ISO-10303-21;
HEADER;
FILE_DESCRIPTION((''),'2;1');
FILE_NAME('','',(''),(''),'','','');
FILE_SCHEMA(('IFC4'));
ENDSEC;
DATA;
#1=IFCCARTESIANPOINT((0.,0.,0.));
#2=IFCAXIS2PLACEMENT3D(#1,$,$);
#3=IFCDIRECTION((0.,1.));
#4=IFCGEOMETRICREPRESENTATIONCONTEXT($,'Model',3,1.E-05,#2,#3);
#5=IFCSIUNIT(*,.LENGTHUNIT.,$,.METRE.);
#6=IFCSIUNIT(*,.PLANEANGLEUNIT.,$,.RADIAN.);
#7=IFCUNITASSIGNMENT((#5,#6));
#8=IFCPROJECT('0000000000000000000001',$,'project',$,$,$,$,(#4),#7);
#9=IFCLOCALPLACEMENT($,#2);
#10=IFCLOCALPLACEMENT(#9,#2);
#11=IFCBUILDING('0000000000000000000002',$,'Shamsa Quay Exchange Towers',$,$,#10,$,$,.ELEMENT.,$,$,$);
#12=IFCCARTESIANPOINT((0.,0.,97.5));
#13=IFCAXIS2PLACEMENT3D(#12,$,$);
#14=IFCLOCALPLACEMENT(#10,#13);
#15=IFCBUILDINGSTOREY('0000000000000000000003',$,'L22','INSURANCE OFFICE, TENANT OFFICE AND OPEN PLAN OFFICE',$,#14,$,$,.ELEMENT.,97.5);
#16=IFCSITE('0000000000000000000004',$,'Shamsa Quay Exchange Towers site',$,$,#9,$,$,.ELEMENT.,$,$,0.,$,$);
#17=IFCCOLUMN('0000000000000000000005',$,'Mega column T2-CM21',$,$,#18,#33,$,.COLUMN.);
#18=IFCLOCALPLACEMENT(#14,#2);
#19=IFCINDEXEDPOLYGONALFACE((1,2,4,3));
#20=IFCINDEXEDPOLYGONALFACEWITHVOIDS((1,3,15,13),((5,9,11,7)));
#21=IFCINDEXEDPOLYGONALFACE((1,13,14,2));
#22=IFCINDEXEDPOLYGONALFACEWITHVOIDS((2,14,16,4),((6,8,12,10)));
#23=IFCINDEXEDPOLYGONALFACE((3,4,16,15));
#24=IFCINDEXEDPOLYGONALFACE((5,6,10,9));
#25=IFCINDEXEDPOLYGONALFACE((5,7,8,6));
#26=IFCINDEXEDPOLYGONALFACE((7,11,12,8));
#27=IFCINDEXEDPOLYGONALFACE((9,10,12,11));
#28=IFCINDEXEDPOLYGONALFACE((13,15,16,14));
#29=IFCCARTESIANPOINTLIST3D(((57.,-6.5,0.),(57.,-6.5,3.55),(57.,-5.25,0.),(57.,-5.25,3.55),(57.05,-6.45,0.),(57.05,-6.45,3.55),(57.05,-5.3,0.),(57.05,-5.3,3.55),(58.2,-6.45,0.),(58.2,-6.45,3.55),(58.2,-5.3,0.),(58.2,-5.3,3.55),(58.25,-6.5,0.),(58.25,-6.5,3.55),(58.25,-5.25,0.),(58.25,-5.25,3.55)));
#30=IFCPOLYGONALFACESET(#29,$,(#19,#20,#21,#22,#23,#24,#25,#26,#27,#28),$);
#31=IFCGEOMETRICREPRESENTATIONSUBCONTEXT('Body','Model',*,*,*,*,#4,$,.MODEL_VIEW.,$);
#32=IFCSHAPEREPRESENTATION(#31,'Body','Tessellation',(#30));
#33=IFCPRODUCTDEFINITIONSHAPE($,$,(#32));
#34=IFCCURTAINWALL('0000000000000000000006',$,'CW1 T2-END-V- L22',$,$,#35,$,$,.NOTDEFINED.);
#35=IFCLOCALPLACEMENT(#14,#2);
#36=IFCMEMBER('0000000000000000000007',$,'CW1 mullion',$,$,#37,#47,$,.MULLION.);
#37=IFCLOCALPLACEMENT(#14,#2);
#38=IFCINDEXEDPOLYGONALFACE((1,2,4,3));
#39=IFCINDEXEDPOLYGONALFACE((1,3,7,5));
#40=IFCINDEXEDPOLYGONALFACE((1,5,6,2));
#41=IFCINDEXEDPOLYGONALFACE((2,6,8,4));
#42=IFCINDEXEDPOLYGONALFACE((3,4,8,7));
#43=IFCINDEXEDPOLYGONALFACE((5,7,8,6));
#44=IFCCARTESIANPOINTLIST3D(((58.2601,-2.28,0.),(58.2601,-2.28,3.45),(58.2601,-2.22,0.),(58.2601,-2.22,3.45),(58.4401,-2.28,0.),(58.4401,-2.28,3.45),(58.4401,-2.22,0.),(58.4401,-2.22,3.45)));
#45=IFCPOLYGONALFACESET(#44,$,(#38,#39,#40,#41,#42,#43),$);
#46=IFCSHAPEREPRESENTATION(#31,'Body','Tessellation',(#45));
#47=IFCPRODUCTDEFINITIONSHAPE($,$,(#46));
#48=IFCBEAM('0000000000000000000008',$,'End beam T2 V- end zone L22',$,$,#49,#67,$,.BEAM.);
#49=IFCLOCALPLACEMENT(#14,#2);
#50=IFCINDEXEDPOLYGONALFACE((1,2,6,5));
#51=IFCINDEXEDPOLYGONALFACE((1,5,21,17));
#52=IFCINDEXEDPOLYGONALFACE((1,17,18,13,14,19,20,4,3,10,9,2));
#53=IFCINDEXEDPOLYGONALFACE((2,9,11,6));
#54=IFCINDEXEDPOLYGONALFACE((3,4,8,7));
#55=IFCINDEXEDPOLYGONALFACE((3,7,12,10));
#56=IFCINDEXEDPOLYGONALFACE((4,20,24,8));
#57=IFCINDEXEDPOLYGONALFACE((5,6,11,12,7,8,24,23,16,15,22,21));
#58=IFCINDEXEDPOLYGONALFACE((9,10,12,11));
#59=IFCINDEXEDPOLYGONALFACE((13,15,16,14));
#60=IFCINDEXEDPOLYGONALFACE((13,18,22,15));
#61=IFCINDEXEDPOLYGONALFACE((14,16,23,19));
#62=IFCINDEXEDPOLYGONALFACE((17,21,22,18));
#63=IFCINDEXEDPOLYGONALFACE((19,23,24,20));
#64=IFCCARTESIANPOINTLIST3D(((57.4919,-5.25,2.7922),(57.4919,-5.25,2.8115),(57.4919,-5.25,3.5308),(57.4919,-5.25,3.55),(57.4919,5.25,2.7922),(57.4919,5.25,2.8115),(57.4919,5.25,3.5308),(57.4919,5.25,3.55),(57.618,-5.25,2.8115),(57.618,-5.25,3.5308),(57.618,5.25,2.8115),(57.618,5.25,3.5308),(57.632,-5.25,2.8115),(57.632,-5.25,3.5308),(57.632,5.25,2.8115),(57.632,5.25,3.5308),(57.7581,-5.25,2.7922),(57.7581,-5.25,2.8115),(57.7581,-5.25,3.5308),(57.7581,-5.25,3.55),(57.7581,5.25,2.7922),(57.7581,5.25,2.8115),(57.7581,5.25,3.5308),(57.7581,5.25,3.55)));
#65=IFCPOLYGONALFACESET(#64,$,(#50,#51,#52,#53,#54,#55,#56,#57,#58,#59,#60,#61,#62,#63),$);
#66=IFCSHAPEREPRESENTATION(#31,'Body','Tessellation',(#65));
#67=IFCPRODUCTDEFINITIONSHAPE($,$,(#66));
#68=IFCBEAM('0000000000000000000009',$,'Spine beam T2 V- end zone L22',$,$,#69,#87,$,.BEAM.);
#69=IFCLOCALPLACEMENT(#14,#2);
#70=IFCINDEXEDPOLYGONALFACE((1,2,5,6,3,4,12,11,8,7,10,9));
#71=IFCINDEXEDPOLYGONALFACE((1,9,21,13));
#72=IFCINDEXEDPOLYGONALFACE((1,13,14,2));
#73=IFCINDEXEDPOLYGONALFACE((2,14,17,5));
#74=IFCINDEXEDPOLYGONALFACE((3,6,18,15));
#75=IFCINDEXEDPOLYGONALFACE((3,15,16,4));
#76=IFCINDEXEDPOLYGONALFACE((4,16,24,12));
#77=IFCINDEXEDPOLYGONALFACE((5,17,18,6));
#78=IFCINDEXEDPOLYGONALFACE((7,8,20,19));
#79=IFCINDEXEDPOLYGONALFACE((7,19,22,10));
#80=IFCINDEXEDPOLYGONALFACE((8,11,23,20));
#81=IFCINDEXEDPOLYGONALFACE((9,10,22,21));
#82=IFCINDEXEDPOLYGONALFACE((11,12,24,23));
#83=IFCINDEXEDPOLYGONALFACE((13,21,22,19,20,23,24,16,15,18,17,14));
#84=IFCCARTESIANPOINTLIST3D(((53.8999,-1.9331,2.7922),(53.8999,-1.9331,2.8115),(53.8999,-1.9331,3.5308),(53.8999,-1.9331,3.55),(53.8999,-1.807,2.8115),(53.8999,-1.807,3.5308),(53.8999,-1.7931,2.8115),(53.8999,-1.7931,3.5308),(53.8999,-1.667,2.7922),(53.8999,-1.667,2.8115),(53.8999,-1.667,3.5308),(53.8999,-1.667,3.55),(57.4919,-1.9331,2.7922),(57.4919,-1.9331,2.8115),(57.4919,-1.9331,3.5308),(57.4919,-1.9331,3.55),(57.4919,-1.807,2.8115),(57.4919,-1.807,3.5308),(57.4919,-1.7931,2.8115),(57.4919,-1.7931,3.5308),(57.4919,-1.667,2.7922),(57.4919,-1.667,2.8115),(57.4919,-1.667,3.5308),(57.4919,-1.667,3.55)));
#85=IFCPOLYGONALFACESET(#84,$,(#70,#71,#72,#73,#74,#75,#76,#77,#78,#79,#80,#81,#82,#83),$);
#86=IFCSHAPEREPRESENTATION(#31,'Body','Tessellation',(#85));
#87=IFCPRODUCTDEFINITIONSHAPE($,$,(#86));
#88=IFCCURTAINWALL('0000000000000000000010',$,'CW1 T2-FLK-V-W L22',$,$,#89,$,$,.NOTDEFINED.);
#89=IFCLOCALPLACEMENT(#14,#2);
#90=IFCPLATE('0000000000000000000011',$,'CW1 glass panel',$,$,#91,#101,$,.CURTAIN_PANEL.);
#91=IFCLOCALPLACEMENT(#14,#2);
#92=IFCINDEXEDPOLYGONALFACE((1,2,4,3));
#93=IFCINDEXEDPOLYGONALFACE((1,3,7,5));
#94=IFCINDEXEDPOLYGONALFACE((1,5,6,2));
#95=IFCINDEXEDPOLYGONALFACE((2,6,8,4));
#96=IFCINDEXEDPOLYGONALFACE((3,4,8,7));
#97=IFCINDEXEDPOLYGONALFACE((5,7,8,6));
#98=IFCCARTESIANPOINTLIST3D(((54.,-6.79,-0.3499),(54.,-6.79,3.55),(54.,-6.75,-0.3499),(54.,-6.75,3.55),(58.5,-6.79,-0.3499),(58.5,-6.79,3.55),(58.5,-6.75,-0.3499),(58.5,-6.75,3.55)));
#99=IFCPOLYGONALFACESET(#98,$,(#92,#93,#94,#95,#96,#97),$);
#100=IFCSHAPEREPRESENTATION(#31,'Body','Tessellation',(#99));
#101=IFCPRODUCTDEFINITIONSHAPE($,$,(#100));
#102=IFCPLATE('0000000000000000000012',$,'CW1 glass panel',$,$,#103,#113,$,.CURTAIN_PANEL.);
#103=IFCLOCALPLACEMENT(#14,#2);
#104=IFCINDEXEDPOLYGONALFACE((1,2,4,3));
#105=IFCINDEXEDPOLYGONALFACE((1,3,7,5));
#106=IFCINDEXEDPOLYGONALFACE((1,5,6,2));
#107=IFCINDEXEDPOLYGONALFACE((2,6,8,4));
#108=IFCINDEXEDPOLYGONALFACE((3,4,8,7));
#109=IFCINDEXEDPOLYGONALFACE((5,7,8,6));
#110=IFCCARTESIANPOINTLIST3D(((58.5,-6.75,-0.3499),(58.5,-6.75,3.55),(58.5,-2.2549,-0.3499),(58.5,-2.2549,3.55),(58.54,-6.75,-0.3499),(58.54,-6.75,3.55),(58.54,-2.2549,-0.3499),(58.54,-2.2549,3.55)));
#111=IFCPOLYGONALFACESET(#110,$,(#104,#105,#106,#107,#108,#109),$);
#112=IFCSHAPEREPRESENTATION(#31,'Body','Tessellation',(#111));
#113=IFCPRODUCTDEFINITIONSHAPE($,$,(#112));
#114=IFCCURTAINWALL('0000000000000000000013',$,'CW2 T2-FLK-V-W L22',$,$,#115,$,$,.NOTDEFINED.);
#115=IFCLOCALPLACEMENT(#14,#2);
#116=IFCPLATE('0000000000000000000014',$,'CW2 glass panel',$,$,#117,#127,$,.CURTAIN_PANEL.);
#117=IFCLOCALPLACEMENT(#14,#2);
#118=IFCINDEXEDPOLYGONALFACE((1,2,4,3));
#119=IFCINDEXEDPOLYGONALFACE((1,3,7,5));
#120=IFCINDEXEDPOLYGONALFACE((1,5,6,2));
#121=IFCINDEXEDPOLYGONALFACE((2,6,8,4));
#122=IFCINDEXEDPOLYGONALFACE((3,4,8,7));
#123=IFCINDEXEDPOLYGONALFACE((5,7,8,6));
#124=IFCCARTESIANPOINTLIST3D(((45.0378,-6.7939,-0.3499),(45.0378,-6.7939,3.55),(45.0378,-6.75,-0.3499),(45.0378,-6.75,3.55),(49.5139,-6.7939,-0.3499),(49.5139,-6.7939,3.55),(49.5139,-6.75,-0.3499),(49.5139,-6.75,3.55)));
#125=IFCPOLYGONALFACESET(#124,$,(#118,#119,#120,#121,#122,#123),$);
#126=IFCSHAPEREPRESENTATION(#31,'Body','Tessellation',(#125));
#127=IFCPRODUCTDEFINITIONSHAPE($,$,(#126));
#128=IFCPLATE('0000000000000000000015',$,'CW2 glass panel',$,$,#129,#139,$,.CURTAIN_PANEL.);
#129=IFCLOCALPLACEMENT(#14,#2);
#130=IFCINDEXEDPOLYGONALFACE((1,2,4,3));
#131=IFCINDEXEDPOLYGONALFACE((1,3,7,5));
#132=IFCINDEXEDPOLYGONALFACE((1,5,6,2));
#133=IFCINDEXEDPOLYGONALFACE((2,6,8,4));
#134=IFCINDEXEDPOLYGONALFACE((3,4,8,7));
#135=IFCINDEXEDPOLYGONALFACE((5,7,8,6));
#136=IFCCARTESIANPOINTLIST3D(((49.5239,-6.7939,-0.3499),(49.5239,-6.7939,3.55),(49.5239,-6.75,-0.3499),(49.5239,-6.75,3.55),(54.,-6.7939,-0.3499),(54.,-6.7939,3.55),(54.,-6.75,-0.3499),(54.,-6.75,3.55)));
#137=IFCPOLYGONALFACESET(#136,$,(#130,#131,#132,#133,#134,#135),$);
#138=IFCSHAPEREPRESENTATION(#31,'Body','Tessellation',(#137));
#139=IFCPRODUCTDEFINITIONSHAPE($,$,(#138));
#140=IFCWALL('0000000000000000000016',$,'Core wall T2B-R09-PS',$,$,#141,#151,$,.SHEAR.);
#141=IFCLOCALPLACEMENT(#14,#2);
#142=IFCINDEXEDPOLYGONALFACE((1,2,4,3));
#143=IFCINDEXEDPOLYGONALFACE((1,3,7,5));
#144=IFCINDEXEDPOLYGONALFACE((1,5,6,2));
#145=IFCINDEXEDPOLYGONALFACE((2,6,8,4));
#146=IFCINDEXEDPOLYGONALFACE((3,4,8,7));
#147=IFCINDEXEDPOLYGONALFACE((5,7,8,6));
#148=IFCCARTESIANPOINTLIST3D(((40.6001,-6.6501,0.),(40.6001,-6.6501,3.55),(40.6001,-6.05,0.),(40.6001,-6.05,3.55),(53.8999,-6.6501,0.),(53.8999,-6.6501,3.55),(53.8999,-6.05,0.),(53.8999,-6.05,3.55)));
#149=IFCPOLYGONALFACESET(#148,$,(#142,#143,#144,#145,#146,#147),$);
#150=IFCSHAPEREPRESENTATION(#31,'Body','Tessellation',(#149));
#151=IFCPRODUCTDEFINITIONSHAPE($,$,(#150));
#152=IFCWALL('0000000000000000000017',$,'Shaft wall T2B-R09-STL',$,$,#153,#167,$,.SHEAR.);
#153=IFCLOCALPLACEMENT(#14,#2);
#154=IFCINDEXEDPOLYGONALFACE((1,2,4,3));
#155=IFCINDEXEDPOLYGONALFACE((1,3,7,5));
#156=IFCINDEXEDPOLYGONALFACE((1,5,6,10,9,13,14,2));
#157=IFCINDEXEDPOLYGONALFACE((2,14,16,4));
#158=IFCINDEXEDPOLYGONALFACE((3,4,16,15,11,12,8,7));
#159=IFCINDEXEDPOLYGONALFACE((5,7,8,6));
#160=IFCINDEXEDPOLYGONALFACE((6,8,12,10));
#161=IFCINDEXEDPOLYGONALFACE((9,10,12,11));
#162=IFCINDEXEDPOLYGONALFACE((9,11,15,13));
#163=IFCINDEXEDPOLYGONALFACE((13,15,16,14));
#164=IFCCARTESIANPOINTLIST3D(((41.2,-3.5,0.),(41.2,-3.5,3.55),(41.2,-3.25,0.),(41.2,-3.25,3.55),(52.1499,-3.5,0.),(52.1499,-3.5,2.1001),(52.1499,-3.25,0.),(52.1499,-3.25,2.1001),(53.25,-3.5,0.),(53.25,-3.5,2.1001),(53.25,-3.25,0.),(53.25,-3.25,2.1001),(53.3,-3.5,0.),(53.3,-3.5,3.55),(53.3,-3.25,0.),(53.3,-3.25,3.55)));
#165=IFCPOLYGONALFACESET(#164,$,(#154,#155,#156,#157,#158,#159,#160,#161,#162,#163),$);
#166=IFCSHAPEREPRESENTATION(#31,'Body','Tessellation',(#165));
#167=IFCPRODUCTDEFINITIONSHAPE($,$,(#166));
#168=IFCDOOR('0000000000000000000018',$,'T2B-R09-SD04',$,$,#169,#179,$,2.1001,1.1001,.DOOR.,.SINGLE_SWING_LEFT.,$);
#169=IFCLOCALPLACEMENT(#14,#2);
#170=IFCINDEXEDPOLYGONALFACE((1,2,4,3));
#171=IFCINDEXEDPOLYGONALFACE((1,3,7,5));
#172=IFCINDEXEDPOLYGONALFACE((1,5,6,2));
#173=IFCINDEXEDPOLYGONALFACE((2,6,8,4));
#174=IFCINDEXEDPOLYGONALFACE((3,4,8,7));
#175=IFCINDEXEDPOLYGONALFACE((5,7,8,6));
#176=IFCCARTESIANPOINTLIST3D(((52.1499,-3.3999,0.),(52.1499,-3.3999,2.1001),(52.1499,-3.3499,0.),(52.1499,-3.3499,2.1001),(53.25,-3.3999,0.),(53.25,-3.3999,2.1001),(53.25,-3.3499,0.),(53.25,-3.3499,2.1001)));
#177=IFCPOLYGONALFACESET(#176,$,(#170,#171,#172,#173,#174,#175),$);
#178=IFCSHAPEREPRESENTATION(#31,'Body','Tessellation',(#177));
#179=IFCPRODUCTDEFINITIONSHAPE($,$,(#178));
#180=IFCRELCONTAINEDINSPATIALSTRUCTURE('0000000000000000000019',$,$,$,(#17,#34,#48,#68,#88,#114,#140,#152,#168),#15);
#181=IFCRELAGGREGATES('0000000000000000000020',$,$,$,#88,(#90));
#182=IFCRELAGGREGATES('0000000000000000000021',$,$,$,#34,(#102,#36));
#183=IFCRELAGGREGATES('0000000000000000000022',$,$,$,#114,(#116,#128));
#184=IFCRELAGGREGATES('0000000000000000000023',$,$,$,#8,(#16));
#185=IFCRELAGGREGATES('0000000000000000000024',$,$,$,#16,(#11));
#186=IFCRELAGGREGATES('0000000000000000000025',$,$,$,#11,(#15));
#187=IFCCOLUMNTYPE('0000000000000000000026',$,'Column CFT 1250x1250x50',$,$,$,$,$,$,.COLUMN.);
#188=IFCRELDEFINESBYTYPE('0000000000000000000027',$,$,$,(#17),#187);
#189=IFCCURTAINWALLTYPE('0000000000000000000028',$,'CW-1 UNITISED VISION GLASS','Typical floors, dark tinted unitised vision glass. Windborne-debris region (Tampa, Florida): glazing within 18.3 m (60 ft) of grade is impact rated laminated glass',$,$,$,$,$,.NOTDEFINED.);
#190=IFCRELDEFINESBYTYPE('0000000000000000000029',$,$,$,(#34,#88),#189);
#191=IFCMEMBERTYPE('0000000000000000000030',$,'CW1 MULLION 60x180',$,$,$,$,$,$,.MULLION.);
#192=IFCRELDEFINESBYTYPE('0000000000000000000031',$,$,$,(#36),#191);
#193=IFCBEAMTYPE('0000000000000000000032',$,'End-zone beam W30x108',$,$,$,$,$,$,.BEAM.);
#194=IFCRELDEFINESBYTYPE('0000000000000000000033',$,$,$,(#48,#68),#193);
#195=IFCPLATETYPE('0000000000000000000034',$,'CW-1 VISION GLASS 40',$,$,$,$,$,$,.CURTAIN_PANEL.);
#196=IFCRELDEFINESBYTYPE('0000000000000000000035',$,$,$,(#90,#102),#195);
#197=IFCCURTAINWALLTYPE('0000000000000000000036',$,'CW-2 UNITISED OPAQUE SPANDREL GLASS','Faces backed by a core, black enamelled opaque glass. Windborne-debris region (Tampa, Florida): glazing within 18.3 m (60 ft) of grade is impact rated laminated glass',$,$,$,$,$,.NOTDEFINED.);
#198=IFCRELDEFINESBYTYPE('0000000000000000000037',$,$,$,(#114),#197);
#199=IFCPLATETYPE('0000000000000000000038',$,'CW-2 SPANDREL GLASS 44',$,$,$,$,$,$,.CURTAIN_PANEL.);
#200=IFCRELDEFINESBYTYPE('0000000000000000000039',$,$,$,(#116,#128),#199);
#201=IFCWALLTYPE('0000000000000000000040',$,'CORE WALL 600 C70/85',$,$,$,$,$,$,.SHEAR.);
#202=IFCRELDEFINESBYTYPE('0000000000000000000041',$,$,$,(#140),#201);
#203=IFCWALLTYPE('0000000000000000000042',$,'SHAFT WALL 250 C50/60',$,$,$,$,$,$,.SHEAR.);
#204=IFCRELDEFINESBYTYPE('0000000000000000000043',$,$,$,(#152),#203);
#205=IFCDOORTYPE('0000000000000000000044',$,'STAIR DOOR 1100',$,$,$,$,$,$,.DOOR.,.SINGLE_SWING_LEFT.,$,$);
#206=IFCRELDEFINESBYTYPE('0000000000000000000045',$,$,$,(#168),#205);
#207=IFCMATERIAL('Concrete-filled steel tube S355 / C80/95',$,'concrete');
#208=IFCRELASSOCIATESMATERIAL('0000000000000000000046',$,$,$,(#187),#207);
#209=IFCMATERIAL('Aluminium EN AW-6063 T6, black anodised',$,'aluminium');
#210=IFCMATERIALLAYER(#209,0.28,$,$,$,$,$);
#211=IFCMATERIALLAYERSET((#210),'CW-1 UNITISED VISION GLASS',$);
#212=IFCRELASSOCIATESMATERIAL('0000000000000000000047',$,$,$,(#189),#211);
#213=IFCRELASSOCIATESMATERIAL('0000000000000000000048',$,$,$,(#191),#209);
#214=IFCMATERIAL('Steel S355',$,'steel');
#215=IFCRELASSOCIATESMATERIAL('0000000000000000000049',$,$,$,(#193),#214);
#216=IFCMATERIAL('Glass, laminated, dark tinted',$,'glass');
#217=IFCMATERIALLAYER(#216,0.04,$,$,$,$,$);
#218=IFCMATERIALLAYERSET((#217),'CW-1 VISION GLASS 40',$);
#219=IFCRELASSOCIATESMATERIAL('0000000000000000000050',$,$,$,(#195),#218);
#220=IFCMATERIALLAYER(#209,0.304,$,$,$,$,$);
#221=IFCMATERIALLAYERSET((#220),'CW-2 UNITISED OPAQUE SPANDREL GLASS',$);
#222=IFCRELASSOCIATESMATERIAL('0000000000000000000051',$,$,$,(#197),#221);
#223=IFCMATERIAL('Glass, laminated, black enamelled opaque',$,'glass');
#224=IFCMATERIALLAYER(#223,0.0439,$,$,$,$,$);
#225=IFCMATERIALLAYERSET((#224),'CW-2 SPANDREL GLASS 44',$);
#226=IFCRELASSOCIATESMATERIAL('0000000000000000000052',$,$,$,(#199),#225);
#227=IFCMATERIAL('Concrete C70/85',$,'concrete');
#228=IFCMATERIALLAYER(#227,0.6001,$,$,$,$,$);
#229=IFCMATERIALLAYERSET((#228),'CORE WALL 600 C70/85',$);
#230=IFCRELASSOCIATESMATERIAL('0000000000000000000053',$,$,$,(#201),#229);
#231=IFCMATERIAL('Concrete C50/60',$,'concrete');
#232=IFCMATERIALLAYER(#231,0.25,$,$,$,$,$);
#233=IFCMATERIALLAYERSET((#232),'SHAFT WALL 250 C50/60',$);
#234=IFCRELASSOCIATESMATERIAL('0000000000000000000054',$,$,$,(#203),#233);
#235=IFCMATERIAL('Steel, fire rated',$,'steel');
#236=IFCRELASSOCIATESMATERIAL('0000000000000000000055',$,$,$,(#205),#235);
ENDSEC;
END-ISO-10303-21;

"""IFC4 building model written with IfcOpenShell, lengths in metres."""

from ifc_helpers import new_model, si_unit, direction, frame, frame_2d, origin, origin_2d, place, context, subcontext, project, spatial, rectangle, hollow_rectangle, i_section, extrude, material, layer, layer_set, material_profile, profile_set, type_object, element, fill, aggregate, save


model = new_model("IFC4")

# Units and contexts
model_context = context("Model", 3, precision=1e-05, world=origin(), true_north=direction((0.0, 1.0)))
body_context = subcontext(model_context, "Body", "Model", "MODEL_VIEW")
ifc_project = project(units=[si_unit("LENGTHUNIT", "METRE"), si_unit("PLANEANGLEUNIT", "RADIAN")], contexts=[model_context])

# Site, building, storey
site_placement = place(None, origin())
site = spatial("IfcSite", under=ifc_project, at=site_placement, Name="Shamsa Quay Exchange Towers site", CompositionType="ELEMENT", RefElevation=0.0)
building_placement = place(site_placement, origin())
building = spatial("IfcBuilding", under=site, at=building_placement, Name="Shamsa Quay Exchange Towers", CompositionType="ELEMENT")
storey_placement = place(building_placement, frame((0.0, 0.0, 97.5)))
storey = spatial("IfcBuildingStorey", under=building, at=storey_placement, Name="L22", Description="INSURANCE OFFICE, TENANT OFFICE AND OPEN PLAN OFFICE", CompositionType="ELEMENT", Elevation=97.5)

# Column
ifc_material_1 = material(Name="Concrete-filled steel tube S355 / C80/95", Category="concrete")
ifc_material_profile_1 = material_profile(ifc_material_1, hollow_rectangle(XDim=1.25, YDim=1.25, WallThickness=0.05, at=origin_2d()), Name="CFT 1250x1250x50")
ifc_profile_set_1 = profile_set([ifc_material_profile_1], Name="Concrete-filled steel tube S355 / C80/95")
column_type = type_object("IfcColumnType", Name="Column CFT 1250x1250x50", PredefinedType="COLUMN", material=ifc_profile_set_1)
column_placement = place(storey_placement, frame((57.625, -5.875, 0.0)))
element("IfcColumn", 1, at=column_placement, inside=storey, type_object=column_type, Name="Mega column T2-CM21", PredefinedType="COLUMN", context=body_context, shape_type="SweptSolid", body=[
    extrude(hollow_rectangle(XDim=1.25, YDim=1.25, WallThickness=0.05, at=origin_2d()), origin(), (0.0, 0.0, 1.0), 3.55),
])

# Curtain wall, member
ifc_material_2 = material(Name="Aluminium EN AW-6063 T6, black anodised", Category="aluminium")
ifc_layer_1 = layer(ifc_material_2, 0.28)
ifc_layer_set_1 = layer_set([ifc_layer_1], Name="CW-1 UNITISED VISION GLASS")
curtain_wall_type_1 = type_object("IfcCurtainWallType", Name="CW-1 UNITISED VISION GLASS", Description="Typical floors, dark tinted unitised vision glass. Windborne-debris region (Tampa, Florida): glazing within 18.3 m (60 ft) of grade is impact rated laminated glass", PredefinedType="NOTDEFINED", material=ifc_layer_set_1)
curtain_wall_1_placement = place(storey_placement, origin())
curtain_wall_1 = element("IfcCurtainWall", 2, at=curtain_wall_1_placement, inside=storey, type_object=curtain_wall_type_1, Name="CW1 T2-END-V- L22", PredefinedType="NOTDEFINED")
ifc_material_profile_2 = material_profile(ifc_material_2, rectangle(XDim=0.1799, YDim=0.0601, at=origin_2d()), Name="MU60x180")
ifc_profile_set_2 = profile_set([ifc_material_profile_2], Name="Aluminium EN AW-6063 T6, black anodised")
member_type = type_object("IfcMemberType", Name="CW1 MULLION 60x180", PredefinedType="MULLION", material=ifc_profile_set_2)
member_placement = place(storey_placement, frame((58.3501, -2.25, 0.0), z_axis=(0.0, 0.0, 1.0), x_axis=(-1.0, 0.0, 0.0)))
member = element("IfcMember", 3, at=member_placement, type_object=member_type, Name="CW1 mullion", PredefinedType="MULLION", context=body_context, shape_type="SweptSolid", body=[
    extrude(rectangle(XDim=0.1799, YDim=0.0601, at=origin_2d()), origin(), (0.0, 0.0, 1.0), 3.45),
])

# Beams
ifc_material_3 = material(Name="Steel S355", Category="steel")
ifc_material_profile_3 = material_profile(ifc_material_3, i_section(OverallWidth=0.2661, OverallDepth=0.7578, WebThickness=0.0139, FlangeThickness=0.0193, at=origin_2d()), Name="W30x108")
ifc_profile_set_3 = profile_set([ifc_material_profile_3], Name="Steel S355")
beam_type = type_object("IfcBeamType", Name="End-zone beam W30x108", PredefinedType="BEAM", material=ifc_profile_set_3)
beam_1_placement = place(storey_placement, frame((57.625, -5.25, 3.1711), z_axis=(0.0, 1.0, 0.0), x_axis=(-1.0, 0.0, 0.0)))
element("IfcBeam", 4, at=beam_1_placement, inside=storey, type_object=beam_type, Name="End beam T2 V- end zone L22", PredefinedType="BEAM", context=body_context, shape_type="SweptSolid", body=[
    extrude(i_section(OverallWidth=0.2661, OverallDepth=0.7578, WebThickness=0.0139, FlangeThickness=0.0193, at=origin_2d()), origin(), (0.0, 0.0, 1.0), 10.5),
])
beam_2_placement = place(storey_placement, frame((53.8999, -1.8, 3.1711), z_axis=(1.0, 0.0, 0.0), x_axis=(0.0, 1.0, 0.0)))
element("IfcBeam", 5, at=beam_2_placement, inside=storey, type_object=beam_type, Name="Spine beam T2 V- end zone L22", PredefinedType="BEAM", context=body_context, shape_type="SweptSolid", body=[
    extrude(i_section(OverallWidth=0.2661, OverallDepth=0.7578, WebThickness=0.0139, FlangeThickness=0.0193, at=origin_2d()), origin(), (0.0, 0.0, 1.0), 3.592),
])

# Curtain wall, plate
curtain_wall_2_placement = place(storey_placement, origin())
curtain_wall_2 = element("IfcCurtainWall", 6, at=curtain_wall_2_placement, inside=storey, type_object=curtain_wall_type_1, Name="CW1 T2-FLK-V-W L22", PredefinedType="NOTDEFINED")
ifc_material_4 = material(Name="Glass, laminated, dark tinted", Category="glass")
ifc_layer_2 = layer(ifc_material_4, 0.04)
ifc_layer_set_2 = layer_set([ifc_layer_2], Name="CW-1 VISION GLASS 40")
plate_type_1 = type_object("IfcPlateType", Name="CW-1 VISION GLASS 40", PredefinedType="CURTAIN_PANEL", material=ifc_layer_set_2)
plate_1_placement = place(storey_placement, frame((56.25, -6.77, -0.3499)))
plate_1 = element("IfcPlate", 7, at=plate_1_placement, type_object=plate_type_1, Name="CW1 glass panel", PredefinedType="CURTAIN_PANEL", context=body_context, shape_type="SweptSolid", body=[
    extrude(rectangle(XDim=4.5, YDim=0.04, at=origin_2d()), origin(), (0.0, 0.0, 1.0), 3.8999),
])
aggregate(curtain_wall_2, [plate_1])

# Plate
plate_2_placement = place(storey_placement, frame((58.52, -4.5024, -0.3499), z_axis=(0.0, 0.0, 1.0), x_axis=(0.0, 1.0, 0.0)))
plate_2 = element("IfcPlate", 8, at=plate_2_placement, type_object=plate_type_1, Name="CW1 glass panel", PredefinedType="CURTAIN_PANEL", context=body_context, shape_type="SweptSolid", body=[
    extrude(rectangle(XDim=4.4951, YDim=0.04, at=origin_2d()), origin(), (0.0, 0.0, 1.0), 3.8999),
])
aggregate(curtain_wall_1, [plate_2, member])

# Curtain wall, plates
ifc_layer_3 = layer(ifc_material_2, 0.304)
ifc_layer_set_3 = layer_set([ifc_layer_3], Name="CW-2 UNITISED OPAQUE SPANDREL GLASS")
curtain_wall_type_2 = type_object("IfcCurtainWallType", Name="CW-2 UNITISED OPAQUE SPANDREL GLASS", Description="Faces backed by a core, black enamelled opaque glass. Windborne-debris region (Tampa, Florida): glazing within 18.3 m (60 ft) of grade is impact rated laminated glass", PredefinedType="NOTDEFINED", material=ifc_layer_set_3)
curtain_wall_3_placement = place(storey_placement, origin())
curtain_wall_3 = element("IfcCurtainWall", 9, at=curtain_wall_3_placement, inside=storey, type_object=curtain_wall_type_2, Name="CW2 T2-FLK-V-W L22", PredefinedType="NOTDEFINED")
ifc_material_5 = material(Name="Glass, laminated, black enamelled opaque", Category="glass")
ifc_layer_4 = layer(ifc_material_5, 0.0439)
ifc_layer_set_4 = layer_set([ifc_layer_4], Name="CW-2 SPANDREL GLASS 44")
plate_type_2 = type_object("IfcPlateType", Name="CW-2 SPANDREL GLASS 44", PredefinedType="CURTAIN_PANEL", material=ifc_layer_set_4)
plate_3_placement = place(storey_placement, frame((47.2759, -6.772, -0.3499)))
plate_3 = element("IfcPlate", 10, at=plate_3_placement, type_object=plate_type_2, Name="CW2 glass panel", PredefinedType="CURTAIN_PANEL", context=body_context, shape_type="SweptSolid", body=[
    extrude(rectangle(XDim=4.4761, YDim=0.0439, at=origin_2d()), origin(), (0.0, 0.0, 1.0), 3.8999),
])
plate_4_placement = place(storey_placement, frame((51.762, -6.772, -0.3499)))
plate_4 = element("IfcPlate", 11, at=plate_4_placement, type_object=plate_type_2, Name="CW2 glass panel", PredefinedType="CURTAIN_PANEL", context=body_context, shape_type="SweptSolid", body=[
    extrude(rectangle(XDim=4.4761, YDim=0.0439, at=origin_2d()), origin(), (0.0, 0.0, 1.0), 3.8999),
])
aggregate(curtain_wall_3, [plate_3, plate_4])

# Wall
ifc_material_6 = material(Name="Concrete C70/85", Category="concrete")
ifc_layer_5 = layer(ifc_material_6, 0.6001)
ifc_layer_set_5 = layer_set([ifc_layer_5], Name="CORE WALL 600 C70/85")
wall_type_1 = type_object("IfcWallType", Name="CORE WALL 600 C70/85", PredefinedType="SHEAR", material=ifc_layer_set_5)
wall_1_placement = place(storey_placement, frame((53.8999, -6.3501, 0.0), z_axis=(0.0, 0.0, 1.0), x_axis=(-1.0, 0.0, 0.0)))
element("IfcWall", 12, at=wall_1_placement, inside=storey, type_object=wall_type_1, Name="Core wall T2B-R09-PS", PredefinedType="SHEAR", context=body_context, shape_type="SweptSolid", body=[
    extrude(rectangle(XDim=13.2998, YDim=0.6001, at=frame_2d((6.6499, 0.0))), origin(), (0.0, 0.0, 1.0), 3.55),
])

# Wall, opening, door
ifc_material_7 = material(Name="Steel, fire rated", Category="steel")
ifc_material_8 = material(Name="Concrete C50/60", Category="concrete")
ifc_layer_6 = layer(ifc_material_8, 0.25)
ifc_layer_set_6 = layer_set([ifc_layer_6], Name="SHAFT WALL 250 C50/60")
wall_type_2 = type_object("IfcWallType", Name="SHAFT WALL 250 C50/60", PredefinedType="SHEAR", material=ifc_layer_set_6)
wall_2_placement = place(storey_placement, frame((53.3, -3.375, 0.0), z_axis=(0.0, 0.0, 1.0), x_axis=(-1.0, 0.0, 0.0)))
wall_2 = element("IfcWall", 13, at=wall_2_placement, inside=storey, type_object=wall_type_2, Name="Shaft wall T2B-R09-STL", PredefinedType="SHEAR", context=body_context, shape_type="SweptSolid", body=[
    extrude(rectangle(XDim=12.1001, YDim=0.25, at=frame_2d((6.05, 0.0))), origin(), (0.0, 0.0, 1.0), 3.55),
])
opening_1_placement = place(wall_2_placement, frame((0.05, 0.0, 0.0)))
opening_1 = element("IfcOpeningElement", 14, at=opening_1_placement, cuts=wall_2, PredefinedType="OPENING", context=body_context, shape_type="SweptSolid", body=[
    extrude(rectangle(XDim=1.1001, YDim=2.1001, at=frame_2d((0.55, 1.05))), frame((0.0, 0.135, 0.0), z_axis=(0.0, -1.0, 0.0), x_axis=(1.0, 0.0, 0.0)), (0.0, 0.0, 1.0), 0.27),
])
door_type_1 = type_object("IfcDoorType", Name="STAIR DOOR 1100", OperationType="SINGLE_SWING_LEFT", PredefinedType="DOOR", material=ifc_material_7)
door_1_placement = place(opening_1_placement, origin())
door_1 = element("IfcDoor", 15, at=door_1_placement, inside=storey, type_object=door_type_1, Name="T2B-R09-SD04", OperationType="SINGLE_SWING_LEFT", OverallHeight=2.1001, OverallWidth=1.1001, PredefinedType="DOOR", context=body_context, shape_type="SweptSolid", body=[
    extrude(rectangle(XDim=1.1001, YDim=2.1001, at=frame_2d((0.55, 1.05))), frame((0.0, 0.0249, 0.0), z_axis=(0.0, -1.0, 0.0), x_axis=(1.0, 0.0, 0.0)), (0.0, 0.0, 1.0), 0.05),
])
fill(opening_1, door_1)

save(model, "model.ifc")
